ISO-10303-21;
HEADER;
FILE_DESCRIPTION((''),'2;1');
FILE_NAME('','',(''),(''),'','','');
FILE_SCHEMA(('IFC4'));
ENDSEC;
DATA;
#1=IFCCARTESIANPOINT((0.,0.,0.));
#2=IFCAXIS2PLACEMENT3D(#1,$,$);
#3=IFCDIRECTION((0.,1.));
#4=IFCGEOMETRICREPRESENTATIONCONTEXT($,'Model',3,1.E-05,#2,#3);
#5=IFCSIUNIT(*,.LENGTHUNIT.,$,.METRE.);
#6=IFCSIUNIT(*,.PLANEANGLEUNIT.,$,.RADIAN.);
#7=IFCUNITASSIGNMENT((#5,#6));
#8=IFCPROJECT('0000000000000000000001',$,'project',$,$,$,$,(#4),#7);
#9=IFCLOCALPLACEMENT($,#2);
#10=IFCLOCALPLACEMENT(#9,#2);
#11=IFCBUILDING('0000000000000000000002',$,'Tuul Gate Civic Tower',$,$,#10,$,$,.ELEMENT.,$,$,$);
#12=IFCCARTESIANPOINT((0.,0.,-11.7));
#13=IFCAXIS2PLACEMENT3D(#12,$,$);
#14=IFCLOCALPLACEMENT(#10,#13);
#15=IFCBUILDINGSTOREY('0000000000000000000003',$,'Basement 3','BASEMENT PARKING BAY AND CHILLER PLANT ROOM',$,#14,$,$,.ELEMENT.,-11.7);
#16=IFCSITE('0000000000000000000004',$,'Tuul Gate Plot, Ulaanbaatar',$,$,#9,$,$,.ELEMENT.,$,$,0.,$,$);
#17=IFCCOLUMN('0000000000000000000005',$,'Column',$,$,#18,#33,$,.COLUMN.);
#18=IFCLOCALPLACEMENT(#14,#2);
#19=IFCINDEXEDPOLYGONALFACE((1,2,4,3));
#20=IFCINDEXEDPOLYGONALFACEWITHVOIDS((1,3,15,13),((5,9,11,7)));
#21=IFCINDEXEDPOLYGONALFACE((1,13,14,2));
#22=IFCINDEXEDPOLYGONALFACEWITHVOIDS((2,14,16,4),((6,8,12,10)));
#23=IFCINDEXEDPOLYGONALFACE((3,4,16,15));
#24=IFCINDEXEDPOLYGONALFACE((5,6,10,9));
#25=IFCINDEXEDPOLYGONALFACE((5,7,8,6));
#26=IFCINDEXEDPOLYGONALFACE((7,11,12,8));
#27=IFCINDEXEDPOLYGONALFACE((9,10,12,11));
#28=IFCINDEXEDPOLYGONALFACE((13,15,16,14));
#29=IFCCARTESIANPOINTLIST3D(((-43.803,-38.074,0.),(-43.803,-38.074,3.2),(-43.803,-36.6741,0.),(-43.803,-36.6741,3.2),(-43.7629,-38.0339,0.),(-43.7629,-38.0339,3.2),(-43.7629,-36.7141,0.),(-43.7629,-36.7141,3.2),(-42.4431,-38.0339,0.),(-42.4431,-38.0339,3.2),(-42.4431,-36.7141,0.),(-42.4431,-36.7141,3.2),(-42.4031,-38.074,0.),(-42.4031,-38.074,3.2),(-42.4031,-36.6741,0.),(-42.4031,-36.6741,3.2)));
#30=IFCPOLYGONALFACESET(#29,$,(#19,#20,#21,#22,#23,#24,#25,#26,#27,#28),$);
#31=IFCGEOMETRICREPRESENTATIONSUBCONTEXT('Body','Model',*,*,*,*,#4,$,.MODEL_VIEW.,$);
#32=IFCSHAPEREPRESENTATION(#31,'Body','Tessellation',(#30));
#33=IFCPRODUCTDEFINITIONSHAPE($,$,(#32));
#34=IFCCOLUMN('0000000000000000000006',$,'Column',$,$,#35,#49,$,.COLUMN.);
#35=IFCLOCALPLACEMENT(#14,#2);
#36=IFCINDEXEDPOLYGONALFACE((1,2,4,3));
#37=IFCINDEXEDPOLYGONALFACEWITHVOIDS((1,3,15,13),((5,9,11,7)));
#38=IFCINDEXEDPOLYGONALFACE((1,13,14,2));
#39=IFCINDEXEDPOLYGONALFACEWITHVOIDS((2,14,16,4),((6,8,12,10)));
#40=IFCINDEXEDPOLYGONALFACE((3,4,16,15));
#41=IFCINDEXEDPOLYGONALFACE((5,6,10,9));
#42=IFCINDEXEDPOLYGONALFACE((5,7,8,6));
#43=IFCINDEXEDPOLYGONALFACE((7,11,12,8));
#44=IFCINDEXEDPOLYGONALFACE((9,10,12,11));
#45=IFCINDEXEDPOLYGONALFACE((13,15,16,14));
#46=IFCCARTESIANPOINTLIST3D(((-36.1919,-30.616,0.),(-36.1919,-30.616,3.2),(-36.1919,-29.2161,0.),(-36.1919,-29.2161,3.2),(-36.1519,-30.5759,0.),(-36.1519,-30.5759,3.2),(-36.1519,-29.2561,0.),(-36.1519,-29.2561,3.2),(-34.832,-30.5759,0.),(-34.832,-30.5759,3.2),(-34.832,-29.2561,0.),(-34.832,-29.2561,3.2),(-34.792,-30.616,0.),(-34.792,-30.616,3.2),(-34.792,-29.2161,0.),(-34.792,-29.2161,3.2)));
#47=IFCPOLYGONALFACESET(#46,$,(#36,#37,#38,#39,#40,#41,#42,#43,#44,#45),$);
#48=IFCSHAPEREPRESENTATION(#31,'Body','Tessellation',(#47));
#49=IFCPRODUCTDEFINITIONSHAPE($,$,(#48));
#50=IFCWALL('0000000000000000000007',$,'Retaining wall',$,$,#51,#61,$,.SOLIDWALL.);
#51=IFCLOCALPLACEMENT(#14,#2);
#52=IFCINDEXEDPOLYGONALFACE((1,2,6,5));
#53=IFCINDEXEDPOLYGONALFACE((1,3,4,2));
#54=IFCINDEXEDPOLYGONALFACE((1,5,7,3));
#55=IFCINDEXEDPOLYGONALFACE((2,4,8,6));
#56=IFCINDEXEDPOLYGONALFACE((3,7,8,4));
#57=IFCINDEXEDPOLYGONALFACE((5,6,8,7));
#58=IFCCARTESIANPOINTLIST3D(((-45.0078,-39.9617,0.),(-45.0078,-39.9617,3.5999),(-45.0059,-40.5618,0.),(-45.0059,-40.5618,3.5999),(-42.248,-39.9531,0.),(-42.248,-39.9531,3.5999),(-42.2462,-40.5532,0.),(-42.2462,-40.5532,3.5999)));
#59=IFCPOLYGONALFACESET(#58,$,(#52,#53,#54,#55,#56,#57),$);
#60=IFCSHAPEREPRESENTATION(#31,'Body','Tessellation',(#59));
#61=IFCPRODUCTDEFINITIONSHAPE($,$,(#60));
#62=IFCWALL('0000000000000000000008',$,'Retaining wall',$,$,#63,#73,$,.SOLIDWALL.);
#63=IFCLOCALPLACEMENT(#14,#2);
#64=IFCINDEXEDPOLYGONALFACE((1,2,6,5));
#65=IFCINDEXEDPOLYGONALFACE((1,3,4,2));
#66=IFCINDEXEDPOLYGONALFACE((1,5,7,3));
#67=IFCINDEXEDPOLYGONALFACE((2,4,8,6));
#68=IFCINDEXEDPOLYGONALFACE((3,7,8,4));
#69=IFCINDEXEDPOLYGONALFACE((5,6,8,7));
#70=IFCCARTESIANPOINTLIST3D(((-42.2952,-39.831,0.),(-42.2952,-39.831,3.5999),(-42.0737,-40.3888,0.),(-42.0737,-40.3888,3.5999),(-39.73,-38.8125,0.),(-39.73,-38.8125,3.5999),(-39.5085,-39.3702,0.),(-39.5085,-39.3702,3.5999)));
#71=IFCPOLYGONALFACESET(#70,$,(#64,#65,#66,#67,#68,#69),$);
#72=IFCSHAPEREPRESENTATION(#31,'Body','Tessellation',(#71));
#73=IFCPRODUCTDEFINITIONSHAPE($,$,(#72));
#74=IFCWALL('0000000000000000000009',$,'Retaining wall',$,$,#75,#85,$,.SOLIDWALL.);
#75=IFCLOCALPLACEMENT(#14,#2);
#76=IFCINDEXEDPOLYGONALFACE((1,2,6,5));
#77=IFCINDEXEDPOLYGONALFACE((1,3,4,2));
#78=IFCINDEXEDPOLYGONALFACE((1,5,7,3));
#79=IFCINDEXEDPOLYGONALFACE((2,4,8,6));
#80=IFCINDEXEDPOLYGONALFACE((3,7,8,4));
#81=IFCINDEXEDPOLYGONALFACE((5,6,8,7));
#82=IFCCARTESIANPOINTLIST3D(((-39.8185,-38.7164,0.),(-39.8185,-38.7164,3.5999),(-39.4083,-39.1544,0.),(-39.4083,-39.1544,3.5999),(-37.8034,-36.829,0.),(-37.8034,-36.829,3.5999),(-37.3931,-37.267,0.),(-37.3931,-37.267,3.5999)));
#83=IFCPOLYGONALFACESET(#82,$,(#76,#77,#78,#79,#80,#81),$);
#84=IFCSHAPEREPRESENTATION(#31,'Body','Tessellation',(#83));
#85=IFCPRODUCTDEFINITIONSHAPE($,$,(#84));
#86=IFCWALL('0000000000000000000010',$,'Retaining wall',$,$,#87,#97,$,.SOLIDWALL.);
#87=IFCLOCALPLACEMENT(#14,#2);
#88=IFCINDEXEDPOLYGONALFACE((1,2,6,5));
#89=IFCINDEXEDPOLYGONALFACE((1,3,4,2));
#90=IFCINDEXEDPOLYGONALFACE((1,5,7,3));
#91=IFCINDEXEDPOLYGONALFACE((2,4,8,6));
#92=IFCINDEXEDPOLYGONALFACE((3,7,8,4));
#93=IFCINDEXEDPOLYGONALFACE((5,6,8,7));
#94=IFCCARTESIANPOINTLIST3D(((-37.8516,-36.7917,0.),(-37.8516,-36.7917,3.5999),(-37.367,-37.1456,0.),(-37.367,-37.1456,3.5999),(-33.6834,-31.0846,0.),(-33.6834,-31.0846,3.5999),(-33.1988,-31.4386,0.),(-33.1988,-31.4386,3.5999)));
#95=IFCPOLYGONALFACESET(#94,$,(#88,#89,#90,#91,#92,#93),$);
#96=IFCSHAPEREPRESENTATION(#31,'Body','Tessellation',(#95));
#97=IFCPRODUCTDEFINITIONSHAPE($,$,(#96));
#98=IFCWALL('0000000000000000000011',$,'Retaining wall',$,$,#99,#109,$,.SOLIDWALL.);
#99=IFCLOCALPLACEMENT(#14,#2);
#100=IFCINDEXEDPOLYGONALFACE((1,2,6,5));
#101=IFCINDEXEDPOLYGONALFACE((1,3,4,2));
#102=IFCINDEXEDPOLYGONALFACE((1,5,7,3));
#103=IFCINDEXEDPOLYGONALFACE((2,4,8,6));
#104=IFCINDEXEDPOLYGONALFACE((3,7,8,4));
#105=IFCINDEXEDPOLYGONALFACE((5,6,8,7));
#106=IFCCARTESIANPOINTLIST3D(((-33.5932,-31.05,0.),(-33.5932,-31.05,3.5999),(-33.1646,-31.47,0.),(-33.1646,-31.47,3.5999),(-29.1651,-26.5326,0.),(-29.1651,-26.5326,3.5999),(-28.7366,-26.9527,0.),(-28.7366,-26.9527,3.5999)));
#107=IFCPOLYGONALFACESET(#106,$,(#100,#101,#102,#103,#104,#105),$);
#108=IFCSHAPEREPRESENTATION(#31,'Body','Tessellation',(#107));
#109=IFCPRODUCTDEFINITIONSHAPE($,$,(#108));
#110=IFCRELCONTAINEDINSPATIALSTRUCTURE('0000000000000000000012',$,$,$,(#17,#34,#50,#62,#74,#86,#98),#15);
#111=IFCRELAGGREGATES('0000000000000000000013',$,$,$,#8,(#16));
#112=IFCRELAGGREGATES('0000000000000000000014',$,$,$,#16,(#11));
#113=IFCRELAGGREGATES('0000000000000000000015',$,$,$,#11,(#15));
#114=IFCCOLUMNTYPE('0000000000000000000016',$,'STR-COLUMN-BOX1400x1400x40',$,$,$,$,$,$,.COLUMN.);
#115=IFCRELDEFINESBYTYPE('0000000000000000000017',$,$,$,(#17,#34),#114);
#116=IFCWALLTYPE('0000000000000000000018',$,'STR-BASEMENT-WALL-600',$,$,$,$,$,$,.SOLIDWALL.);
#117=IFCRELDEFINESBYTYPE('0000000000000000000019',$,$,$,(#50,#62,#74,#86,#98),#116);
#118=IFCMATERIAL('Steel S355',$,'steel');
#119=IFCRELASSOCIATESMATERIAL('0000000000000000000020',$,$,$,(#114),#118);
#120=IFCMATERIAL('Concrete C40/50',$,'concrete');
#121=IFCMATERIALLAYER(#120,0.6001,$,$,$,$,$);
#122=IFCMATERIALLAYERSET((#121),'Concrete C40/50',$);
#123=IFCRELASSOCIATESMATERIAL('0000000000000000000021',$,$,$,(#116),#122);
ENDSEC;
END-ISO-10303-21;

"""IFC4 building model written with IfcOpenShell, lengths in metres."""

from ifc_helpers import new_model, si_unit, direction, frame, frame_2d, origin, origin_2d, place, context, subcontext, project, spatial, rectangle, hollow_rectangle, extrude, material, layer, layer_set, material_profile, profile_set, type_object, element, save


model = new_model("IFC4")

# Units and contexts
model_context = context("Model", 3, precision=1e-05, world=origin(), true_north=direction((0.0, 1.0)))
body_context = subcontext(model_context, "Body", "Model", "MODEL_VIEW")
ifc_project = project(units=[si_unit("LENGTHUNIT", "METRE"), si_unit("PLANEANGLEUNIT", "RADIAN")], contexts=[model_context])

# Site, building, storey
site_placement = place(None, origin())
site = spatial("IfcSite", under=ifc_project, at=site_placement, Name="Tuul Gate Plot, Ulaanbaatar", CompositionType="ELEMENT", RefElevation=0.0)
building_placement = place(site_placement, origin())
building = spatial("IfcBuilding", under=site, at=building_placement, Name="Tuul Gate Civic Tower", CompositionType="ELEMENT")
storey_placement = place(building_placement, frame((0.0, 0.0, -11.7)))
storey = spatial("IfcBuildingStorey", under=building, at=storey_placement, Name="Basement 3", Description="BASEMENT PARKING BAY AND CHILLER PLANT ROOM", CompositionType="ELEMENT", Elevation=-11.7)

# Columns
ifc_material_1 = material(Name="Steel S355", Category="steel")
ifc_material_profile_1 = material_profile(ifc_material_1, hollow_rectangle(XDim=1.3999, YDim=1.3999, WallThickness=0.04, at=origin_2d()), Name="BOX1400x1400x40")
ifc_profile_set_1 = profile_set([ifc_material_profile_1], Name="Steel S355")
column_type = type_object("IfcColumnType", Name="STR-COLUMN-BOX1400x1400x40", PredefinedType="COLUMN", material=ifc_profile_set_1)
for number, where, z_axis, x_axis, name in (
    (1, (-43.103, -37.374, 0.0), (0.0, 0.0, 1.0), (1.0, 0.0, 0.0), "Column"),
    (2, (-35.4919, -29.916, 0.0), (0.0, 0.0, 1.0), (1.0, 0.0, 0.0), "Column"),
):
    element("IfcColumn", number, at=place(storey_placement, frame(where, z_axis=z_axis, x_axis=x_axis)), inside=storey, type_object=column_type, Name=name, PredefinedType="COLUMN", context=body_context, shape_type="SweptSolid", body=[
        extrude(hollow_rectangle(XDim=1.3999, YDim=1.3999, WallThickness=0.04, at=origin_2d()), origin(), (0.0, 0.0, 1.0), 3.2),
    ])

# Walls
ifc_material_2 = material(Name="Concrete C40/50", Category="concrete")
ifc_layer = layer(ifc_material_2, 0.6001)
ifc_layer_set = layer_set([ifc_layer], Name="Concrete C40/50")
wall_type = type_object("IfcWallType", Name="STR-BASEMENT-WALL-600", PredefinedType="SOLIDWALL", material=ifc_layer_set)
wall_1_placement = place(storey_placement, frame((-45.0068, -40.2617, 0.0), z_axis=(0.0, 0.0, 1.0), x_axis=(0.999995, 0.003096, 0.0)))
element("IfcWall", 3, at=wall_1_placement, inside=storey, type_object=wall_type, Name="Retaining wall", PredefinedType="SOLIDWALL", context=body_context, shape_type="SweptSolid", body=[
    extrude(rectangle(XDim=2.7598, YDim=0.6001, at=frame_2d((1.3799, 0.0))), origin(), (0.0, 0.0, 1.0), 3.5999),
])
wall_2_placement = place(storey_placement, frame((-42.1843, -40.1099, 0.0), z_axis=(0.0, 0.0, 1.0), x_axis=(0.929413, 0.369041, 0.0)))
element("IfcWall", 4, at=wall_2_placement, inside=storey, type_object=wall_type, Name="Retaining wall", PredefinedType="SOLIDWALL", context=body_context, shape_type="SweptSolid", body=[
    extrude(rectangle(XDim=2.76, YDim=0.6001, at=frame_2d((1.3799, 0.0))), origin(), (0.0, 0.0, 1.0), 3.5999),
])
wall_3_placement = place(storey_placement, frame((-39.6133, -38.9353, 0.0), z_axis=(0.0, 0.0, 1.0), x_axis=(0.729851, 0.683606, 0.0)))
element("IfcWall", 5, at=wall_3_placement, inside=storey, type_object=wall_type, Name="Retaining wall", PredefinedType="SOLIDWALL", context=body_context, shape_type="SweptSolid", body=[
    extrude(rectangle(XDim=2.761, YDim=0.6001, at=frame_2d((1.3804, 0.0))), origin(), (0.0, 0.0, 1.0), 3.5999),
])
wall_4_placement = place(storey_placement, frame((-37.6094, -36.9688, 0.0), z_axis=(0.0, 0.0, 1.0), x_axis=(0.589803, 0.807547, 0.0)))
element("IfcWall", 6, at=wall_4_placement, inside=storey, type_object=wall_type, Name="Retaining wall", PredefinedType="SOLIDWALL", context=body_context, shape_type="SweptSolid", body=[
    extrude(rectangle(XDim=7.0671, YDim=0.6001, at=frame_2d((3.5337, 0.0))), origin(), (0.0, 0.0, 1.0), 3.5999),
])
wall_5_placement = place(storey_placement, frame((-33.3789, -31.26, 0.0), z_axis=(0.0, 0.0, 1.0), x_axis=(0.700009, 0.714135, 0.0)))
element("IfcWall", 7, at=wall_5_placement, inside=storey, type_object=wall_type, Name="Retaining wall", PredefinedType="SOLIDWALL", context=body_context, shape_type="SweptSolid", body=[
    extrude(rectangle(XDim=6.3257, YDim=0.6001, at=frame_2d((3.1628, 0.0))), origin(), (0.0, 0.0, 1.0), 3.5999),
])

save(model, "model.ifc")
